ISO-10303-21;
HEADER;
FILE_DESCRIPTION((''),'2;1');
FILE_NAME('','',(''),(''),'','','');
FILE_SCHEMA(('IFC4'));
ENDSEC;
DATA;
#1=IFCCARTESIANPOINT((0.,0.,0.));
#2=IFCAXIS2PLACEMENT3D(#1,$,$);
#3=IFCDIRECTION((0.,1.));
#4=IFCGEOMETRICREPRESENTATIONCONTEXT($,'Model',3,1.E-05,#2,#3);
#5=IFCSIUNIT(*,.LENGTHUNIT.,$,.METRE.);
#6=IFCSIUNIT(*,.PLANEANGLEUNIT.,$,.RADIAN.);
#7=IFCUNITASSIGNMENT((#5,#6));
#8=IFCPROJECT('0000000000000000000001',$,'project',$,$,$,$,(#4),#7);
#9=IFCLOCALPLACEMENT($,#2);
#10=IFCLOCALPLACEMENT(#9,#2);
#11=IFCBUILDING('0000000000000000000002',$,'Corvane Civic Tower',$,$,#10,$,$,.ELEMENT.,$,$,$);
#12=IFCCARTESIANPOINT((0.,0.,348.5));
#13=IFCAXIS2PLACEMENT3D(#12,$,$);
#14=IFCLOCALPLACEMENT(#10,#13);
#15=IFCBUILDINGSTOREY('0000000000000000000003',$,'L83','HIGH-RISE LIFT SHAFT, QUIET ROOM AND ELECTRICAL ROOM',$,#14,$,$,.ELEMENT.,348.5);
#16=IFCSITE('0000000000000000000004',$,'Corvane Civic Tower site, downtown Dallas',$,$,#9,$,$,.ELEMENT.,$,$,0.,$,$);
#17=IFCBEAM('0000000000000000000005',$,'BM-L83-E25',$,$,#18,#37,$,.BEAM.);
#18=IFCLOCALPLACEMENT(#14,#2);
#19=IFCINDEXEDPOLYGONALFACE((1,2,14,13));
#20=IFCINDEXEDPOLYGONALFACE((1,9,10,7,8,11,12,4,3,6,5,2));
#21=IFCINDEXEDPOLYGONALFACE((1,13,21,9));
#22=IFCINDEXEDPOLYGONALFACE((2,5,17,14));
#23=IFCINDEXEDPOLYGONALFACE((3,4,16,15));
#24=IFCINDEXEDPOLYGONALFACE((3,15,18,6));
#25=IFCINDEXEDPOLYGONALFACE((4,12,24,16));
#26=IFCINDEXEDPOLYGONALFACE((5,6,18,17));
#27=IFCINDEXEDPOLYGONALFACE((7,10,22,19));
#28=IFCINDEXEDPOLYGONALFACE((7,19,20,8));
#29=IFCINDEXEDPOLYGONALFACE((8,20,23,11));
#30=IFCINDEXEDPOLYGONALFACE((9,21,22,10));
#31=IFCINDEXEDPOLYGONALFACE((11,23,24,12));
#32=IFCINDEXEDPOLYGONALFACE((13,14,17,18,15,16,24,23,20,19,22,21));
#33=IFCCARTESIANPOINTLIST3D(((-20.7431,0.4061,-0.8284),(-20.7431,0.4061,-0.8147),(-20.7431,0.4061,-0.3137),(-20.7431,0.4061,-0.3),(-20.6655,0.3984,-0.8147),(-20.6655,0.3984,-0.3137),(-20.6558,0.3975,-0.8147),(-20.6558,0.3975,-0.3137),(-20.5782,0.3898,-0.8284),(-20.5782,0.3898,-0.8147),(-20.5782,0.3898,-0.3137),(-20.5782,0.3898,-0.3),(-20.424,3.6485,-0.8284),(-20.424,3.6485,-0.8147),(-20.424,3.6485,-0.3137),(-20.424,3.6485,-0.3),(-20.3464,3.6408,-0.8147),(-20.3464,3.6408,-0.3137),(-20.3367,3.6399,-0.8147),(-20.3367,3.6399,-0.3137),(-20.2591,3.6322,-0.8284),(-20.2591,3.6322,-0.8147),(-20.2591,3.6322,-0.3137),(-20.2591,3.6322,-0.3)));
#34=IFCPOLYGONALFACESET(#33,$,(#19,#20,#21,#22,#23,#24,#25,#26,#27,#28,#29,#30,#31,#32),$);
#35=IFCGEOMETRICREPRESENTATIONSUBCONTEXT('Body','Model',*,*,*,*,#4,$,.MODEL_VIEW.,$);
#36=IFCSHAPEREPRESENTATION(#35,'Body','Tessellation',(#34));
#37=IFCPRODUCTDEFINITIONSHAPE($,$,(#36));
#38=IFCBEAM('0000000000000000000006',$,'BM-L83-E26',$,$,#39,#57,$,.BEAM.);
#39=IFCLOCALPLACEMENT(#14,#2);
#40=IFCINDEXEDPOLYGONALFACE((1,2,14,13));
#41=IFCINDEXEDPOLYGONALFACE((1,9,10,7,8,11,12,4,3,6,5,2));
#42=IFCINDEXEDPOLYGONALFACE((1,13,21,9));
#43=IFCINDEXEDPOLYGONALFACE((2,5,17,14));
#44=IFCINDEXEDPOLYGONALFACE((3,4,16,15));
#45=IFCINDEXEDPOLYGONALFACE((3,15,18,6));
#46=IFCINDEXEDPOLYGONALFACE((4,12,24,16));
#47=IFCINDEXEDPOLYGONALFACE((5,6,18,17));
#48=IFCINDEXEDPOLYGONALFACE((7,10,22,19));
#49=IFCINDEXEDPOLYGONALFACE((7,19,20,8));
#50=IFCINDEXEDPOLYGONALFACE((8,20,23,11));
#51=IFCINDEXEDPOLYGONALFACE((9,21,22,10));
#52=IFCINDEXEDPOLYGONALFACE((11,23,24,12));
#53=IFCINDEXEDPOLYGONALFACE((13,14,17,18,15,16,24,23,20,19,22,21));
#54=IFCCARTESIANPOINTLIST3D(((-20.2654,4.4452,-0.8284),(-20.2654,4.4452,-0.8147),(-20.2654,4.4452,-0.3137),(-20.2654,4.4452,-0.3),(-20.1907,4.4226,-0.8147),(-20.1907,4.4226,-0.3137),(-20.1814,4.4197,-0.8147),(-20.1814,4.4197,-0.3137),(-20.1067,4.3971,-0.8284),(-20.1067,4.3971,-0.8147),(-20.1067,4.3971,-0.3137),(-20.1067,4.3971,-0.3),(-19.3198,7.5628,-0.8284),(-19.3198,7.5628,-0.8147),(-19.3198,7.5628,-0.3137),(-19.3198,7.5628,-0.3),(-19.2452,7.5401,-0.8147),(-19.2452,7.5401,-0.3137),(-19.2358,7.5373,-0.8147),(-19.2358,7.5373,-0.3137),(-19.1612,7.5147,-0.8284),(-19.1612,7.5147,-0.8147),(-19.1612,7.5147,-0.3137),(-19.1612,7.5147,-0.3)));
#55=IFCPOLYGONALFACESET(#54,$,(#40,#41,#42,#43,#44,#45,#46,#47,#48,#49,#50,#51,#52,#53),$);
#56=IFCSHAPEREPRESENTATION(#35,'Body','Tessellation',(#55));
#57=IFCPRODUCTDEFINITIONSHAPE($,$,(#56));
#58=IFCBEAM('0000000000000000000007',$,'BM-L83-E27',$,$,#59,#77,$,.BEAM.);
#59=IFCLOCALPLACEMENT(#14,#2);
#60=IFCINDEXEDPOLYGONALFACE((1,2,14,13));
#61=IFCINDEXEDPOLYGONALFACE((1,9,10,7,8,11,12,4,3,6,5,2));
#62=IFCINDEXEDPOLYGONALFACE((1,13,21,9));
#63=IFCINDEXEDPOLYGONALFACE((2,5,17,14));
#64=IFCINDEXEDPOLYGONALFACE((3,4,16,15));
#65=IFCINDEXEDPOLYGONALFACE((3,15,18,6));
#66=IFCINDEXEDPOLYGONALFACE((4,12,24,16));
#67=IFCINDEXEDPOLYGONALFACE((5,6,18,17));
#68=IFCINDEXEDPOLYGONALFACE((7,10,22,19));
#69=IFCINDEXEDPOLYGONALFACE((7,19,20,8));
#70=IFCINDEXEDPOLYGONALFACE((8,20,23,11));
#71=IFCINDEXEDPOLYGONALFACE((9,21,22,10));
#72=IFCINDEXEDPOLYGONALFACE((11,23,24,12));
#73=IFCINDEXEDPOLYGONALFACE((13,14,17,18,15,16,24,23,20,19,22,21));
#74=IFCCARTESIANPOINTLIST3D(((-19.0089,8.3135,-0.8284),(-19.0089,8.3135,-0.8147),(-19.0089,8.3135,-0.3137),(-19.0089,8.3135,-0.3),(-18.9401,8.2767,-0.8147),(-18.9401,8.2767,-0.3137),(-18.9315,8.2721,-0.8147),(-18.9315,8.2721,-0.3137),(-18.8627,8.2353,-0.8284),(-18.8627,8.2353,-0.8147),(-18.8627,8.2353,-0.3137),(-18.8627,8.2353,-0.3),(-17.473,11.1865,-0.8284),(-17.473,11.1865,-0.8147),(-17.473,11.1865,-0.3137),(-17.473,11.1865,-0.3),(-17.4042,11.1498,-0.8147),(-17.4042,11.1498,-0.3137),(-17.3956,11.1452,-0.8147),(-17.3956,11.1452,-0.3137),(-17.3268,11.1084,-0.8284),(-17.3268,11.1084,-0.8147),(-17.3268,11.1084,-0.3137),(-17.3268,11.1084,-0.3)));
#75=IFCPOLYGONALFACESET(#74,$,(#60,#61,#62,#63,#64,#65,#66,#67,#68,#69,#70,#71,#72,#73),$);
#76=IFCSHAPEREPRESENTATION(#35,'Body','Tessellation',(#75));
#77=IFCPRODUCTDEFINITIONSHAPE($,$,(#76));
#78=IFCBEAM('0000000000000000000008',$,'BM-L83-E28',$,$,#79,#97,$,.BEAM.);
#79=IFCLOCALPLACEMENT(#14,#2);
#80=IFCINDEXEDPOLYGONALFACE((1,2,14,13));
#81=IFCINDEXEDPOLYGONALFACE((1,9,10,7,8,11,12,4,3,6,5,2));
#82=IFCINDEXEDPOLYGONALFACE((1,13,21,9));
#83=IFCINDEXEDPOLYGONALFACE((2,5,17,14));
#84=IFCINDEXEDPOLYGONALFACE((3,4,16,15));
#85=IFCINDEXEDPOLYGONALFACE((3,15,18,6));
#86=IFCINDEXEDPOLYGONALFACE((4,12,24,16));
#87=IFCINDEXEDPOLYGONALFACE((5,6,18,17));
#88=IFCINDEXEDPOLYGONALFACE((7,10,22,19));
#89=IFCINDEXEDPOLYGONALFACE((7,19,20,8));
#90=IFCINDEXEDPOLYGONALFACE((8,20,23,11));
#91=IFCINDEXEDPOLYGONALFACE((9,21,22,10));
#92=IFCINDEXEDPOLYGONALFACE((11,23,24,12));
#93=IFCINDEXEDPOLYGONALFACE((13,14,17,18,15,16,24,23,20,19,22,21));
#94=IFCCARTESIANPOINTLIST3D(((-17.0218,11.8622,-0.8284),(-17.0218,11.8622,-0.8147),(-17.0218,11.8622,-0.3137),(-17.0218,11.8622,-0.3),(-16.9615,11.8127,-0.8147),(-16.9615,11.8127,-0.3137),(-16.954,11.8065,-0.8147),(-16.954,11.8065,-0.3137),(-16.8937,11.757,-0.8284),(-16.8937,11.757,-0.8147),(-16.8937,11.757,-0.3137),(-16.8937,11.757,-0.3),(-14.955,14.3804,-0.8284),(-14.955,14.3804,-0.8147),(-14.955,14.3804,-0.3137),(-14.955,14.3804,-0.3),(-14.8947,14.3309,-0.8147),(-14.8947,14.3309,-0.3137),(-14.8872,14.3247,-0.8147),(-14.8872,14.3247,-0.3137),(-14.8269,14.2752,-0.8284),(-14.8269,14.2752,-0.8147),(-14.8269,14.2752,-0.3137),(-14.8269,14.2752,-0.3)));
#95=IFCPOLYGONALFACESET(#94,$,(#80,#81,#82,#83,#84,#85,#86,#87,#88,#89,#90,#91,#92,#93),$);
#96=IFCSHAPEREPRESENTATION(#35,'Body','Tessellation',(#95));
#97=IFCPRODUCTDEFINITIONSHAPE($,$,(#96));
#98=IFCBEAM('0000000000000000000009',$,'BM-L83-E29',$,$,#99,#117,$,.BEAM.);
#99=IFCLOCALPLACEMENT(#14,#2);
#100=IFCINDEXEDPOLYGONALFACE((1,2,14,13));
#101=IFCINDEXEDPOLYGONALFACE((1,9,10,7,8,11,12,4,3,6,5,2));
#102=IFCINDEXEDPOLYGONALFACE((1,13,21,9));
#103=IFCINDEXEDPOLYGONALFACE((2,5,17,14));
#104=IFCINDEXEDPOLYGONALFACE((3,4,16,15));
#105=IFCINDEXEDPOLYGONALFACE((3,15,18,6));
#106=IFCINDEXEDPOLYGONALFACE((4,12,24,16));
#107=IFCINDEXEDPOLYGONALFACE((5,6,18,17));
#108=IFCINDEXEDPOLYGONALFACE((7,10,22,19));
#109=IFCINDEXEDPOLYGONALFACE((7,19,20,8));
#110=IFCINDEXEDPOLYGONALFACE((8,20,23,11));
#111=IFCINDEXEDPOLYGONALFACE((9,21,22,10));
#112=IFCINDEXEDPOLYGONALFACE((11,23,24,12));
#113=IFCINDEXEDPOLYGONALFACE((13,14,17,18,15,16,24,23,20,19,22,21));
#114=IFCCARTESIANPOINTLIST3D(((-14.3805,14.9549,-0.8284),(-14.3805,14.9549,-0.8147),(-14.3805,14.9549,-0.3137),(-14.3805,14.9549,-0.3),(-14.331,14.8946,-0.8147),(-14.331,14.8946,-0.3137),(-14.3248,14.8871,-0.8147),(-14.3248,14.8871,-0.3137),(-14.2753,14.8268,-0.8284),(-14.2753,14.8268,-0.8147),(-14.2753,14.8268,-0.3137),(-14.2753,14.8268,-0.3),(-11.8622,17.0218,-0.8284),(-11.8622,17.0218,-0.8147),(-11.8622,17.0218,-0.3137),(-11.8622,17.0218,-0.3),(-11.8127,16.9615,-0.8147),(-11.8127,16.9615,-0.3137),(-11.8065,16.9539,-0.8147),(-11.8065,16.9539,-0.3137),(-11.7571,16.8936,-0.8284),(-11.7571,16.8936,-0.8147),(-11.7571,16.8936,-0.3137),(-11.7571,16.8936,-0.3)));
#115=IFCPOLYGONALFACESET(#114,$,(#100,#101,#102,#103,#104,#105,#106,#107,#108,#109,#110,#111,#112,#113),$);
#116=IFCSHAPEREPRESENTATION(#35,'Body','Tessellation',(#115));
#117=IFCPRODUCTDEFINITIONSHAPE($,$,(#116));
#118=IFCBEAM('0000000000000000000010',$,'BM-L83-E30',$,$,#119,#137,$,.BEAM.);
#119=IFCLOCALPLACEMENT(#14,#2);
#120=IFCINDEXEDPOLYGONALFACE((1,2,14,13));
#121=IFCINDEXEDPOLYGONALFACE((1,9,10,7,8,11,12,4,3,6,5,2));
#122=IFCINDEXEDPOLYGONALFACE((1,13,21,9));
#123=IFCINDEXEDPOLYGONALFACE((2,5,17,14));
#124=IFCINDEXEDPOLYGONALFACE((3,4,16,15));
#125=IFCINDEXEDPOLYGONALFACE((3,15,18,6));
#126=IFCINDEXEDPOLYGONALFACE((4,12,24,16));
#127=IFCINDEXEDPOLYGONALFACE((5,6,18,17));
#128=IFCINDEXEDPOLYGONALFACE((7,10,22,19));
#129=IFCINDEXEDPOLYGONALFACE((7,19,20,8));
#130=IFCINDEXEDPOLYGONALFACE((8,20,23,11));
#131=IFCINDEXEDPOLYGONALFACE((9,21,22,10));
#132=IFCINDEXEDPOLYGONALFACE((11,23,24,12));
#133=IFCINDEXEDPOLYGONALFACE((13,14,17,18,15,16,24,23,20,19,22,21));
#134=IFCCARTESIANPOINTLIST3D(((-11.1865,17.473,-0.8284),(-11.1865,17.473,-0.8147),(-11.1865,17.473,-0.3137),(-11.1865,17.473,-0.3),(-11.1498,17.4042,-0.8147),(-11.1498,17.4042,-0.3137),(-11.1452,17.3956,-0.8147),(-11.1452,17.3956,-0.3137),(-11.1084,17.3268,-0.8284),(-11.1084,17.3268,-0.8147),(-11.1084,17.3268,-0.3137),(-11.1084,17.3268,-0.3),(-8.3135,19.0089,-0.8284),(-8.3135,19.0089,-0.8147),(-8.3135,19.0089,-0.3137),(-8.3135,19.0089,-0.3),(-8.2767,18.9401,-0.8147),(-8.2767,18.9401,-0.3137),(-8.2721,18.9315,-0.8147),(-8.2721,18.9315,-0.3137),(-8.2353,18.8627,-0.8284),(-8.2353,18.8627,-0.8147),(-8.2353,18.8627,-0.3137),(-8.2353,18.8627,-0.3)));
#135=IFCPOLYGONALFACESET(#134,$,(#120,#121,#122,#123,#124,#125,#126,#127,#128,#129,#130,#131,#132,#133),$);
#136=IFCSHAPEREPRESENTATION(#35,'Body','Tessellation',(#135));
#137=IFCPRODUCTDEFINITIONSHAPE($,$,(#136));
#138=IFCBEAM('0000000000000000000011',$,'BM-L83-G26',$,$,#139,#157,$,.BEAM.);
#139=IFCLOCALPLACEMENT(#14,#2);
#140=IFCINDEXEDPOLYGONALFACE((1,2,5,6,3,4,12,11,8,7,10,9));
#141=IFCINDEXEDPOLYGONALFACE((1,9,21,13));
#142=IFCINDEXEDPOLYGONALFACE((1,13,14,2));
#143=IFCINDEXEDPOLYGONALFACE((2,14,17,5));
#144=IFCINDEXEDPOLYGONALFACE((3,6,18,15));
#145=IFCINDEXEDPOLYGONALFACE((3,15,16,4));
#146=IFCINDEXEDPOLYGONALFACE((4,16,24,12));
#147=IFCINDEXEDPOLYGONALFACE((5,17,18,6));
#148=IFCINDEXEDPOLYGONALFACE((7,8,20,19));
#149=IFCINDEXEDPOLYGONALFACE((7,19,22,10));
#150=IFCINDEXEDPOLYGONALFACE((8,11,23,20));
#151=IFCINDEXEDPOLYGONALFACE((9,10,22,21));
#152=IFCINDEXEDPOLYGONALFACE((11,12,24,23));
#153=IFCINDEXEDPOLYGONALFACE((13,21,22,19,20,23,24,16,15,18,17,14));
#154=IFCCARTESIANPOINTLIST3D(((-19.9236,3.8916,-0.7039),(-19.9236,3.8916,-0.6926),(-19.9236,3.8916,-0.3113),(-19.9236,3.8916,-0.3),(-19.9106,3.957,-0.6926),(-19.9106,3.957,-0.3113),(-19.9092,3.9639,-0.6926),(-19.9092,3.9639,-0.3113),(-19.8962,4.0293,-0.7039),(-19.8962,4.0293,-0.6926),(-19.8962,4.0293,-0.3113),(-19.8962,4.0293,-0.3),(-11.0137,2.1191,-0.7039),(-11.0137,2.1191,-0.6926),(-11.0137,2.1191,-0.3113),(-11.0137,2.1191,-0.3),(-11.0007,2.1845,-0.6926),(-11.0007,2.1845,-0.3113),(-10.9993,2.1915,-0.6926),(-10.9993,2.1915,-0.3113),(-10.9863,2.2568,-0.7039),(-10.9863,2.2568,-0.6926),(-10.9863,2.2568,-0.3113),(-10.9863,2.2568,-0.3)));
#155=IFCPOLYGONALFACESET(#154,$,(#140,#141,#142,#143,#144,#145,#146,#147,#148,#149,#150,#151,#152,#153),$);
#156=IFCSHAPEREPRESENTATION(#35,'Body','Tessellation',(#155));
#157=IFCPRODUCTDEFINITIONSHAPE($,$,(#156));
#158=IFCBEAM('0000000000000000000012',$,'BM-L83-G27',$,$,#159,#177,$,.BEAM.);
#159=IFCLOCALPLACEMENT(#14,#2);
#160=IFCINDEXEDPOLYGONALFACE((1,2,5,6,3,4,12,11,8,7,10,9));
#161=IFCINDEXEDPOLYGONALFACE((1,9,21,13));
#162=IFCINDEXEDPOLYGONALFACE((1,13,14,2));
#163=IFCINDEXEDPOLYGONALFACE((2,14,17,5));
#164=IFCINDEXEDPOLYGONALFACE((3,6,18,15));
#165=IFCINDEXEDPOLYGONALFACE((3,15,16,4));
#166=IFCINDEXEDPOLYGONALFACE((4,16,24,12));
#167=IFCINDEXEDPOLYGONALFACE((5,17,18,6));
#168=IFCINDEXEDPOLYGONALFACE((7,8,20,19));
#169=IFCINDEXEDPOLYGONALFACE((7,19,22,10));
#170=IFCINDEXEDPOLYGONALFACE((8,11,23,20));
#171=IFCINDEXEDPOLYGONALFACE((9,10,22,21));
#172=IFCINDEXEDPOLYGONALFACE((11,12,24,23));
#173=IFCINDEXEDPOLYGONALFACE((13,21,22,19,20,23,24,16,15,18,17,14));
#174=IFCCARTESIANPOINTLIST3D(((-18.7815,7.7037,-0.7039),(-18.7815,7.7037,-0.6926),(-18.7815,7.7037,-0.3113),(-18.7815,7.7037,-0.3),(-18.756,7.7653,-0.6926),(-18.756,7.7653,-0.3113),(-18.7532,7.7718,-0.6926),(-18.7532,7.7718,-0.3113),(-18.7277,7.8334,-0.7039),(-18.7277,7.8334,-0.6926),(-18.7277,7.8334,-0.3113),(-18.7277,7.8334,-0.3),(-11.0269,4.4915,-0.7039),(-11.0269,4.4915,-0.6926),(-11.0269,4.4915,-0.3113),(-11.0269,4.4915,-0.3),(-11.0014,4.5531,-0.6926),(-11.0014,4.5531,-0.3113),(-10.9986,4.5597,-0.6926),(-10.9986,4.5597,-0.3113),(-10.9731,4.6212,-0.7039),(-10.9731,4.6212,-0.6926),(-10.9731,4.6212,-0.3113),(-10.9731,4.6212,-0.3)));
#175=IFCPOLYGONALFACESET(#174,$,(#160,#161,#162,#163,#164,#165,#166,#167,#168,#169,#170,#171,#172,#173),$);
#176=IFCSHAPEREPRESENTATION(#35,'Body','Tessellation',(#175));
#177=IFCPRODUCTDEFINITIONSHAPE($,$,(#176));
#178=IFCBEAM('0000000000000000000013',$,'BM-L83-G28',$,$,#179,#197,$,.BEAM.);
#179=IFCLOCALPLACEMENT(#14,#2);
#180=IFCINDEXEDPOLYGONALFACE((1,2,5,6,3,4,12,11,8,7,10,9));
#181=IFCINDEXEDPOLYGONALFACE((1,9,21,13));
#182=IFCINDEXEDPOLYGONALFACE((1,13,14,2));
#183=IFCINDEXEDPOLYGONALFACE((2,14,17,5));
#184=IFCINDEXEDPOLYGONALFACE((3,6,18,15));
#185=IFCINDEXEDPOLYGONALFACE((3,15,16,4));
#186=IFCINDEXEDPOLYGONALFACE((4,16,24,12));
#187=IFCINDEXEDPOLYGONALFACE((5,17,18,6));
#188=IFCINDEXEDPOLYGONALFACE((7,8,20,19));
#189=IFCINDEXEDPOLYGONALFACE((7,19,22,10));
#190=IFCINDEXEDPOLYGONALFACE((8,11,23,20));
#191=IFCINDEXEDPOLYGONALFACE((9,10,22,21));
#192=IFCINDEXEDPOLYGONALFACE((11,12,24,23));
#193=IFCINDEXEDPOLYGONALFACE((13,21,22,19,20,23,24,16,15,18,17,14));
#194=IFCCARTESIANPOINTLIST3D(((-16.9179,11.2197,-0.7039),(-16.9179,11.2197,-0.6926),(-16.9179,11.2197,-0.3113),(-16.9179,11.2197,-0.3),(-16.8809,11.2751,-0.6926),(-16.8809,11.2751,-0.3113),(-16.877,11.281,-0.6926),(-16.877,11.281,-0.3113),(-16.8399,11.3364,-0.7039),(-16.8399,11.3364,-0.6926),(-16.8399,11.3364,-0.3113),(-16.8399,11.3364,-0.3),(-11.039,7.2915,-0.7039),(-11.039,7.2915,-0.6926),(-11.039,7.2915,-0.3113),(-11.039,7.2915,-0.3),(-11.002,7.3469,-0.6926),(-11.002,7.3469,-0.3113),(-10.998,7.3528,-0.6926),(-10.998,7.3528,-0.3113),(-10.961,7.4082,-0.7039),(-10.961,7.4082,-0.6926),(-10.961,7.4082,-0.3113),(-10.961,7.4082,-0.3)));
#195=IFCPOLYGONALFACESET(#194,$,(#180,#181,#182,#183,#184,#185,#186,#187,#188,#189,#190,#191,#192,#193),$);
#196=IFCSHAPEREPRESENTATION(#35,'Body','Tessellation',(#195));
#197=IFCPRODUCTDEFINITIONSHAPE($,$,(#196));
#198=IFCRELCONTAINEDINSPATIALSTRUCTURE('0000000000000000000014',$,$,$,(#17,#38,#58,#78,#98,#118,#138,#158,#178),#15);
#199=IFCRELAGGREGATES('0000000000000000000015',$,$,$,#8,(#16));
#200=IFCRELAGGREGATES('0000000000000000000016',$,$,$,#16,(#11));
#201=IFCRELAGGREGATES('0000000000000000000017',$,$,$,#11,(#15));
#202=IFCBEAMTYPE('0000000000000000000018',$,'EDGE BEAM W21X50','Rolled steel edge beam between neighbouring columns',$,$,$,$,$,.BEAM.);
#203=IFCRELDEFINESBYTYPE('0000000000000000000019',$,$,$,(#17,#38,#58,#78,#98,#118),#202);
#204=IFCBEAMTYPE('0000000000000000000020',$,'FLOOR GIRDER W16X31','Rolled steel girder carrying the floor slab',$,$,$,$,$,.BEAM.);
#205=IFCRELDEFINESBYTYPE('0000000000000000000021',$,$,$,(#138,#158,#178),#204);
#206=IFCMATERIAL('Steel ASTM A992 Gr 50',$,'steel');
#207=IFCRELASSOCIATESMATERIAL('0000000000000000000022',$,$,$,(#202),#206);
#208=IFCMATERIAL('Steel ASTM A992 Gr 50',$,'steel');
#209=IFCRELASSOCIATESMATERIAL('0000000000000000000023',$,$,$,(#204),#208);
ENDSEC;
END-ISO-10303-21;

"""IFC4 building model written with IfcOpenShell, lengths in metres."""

from ifc_helpers import new_model, si_unit, direction, frame, origin, origin_2d, place, context, subcontext, project, spatial, i_section, extrude, material, material_profile, profile_set, type_object, element, save


model = new_model("IFC4")

# Units and contexts
model_context = context("Model", 3, precision=1e-05, world=origin(), true_north=direction((0.0, 1.0)))
body_context = subcontext(model_context, "Body", "Model", "MODEL_VIEW")
ifc_project = project(units=[si_unit("LENGTHUNIT", "METRE"), si_unit("PLANEANGLEUNIT", "RADIAN")], contexts=[model_context])

# Site, building, storey
site_placement = place(None, origin())
site = spatial("IfcSite", under=ifc_project, at=site_placement, Name="Corvane Civic Tower site, downtown Dallas", CompositionType="ELEMENT", RefElevation=0.0)
building_placement = place(site_placement, origin())
building = spatial("IfcBuilding", under=site, at=building_placement, Name="Corvane Civic Tower", CompositionType="ELEMENT")
storey_placement = place(building_placement, frame((0.0, 0.0, 348.5)))
storey = spatial("IfcBuildingStorey", under=building, at=storey_placement, Name="L83", Description="HIGH-RISE LIFT SHAFT, QUIET ROOM AND ELECTRICAL ROOM", CompositionType="ELEMENT", Elevation=348.5)

# Beams
ifc_material_1 = material(Name="Steel ASTM A992 Gr 50", Category="steel")
ifc_material_profile_1 = material_profile(ifc_material_1, i_section(OverallWidth=0.1658, OverallDepth=0.5283, WebThickness=0.0098, FlangeThickness=0.0137, at=origin_2d()), Name="W21X50")
ifc_profile_set_1 = profile_set([ifc_material_profile_1], Name="Steel ASTM A992 Gr 50")
beam_type_1 = type_object("IfcBeamType", Name="EDGE BEAM W21X50", Description="Rolled steel edge beam between neighbouring columns", PredefinedType="BEAM", material=ifc_profile_set_1)
beam_1_placement = place(storey_placement, frame((-20.6606, 0.3979, -0.5642), z_axis=(0.097938, 0.995193, 0.0), x_axis=(-0.995193, 0.097938, 0.0)))
element("IfcBeam", 1, at=beam_1_placement, inside=storey, type_object=beam_type_1, Name="BM-L83-E25", PredefinedType="BEAM", context=body_context, shape_type="SweptSolid", body=[
    extrude(i_section(OverallWidth=0.1658, OverallDepth=0.5283, WebThickness=0.0098, FlangeThickness=0.0137, at=origin_2d()), origin(), (0.0, 0.0, 1.0), 3.2581),
])
for number, where, z_axis, x_axis, name in (
    (2, (-20.186, 4.4211, -0.5642), (0.290234, 0.956956, 0.0), (-0.956956, 0.290234, 0.0), "BM-L83-E26"),
    (3, (-18.9358, 8.2744, -0.5642), (0.471448, 0.881894, 0.0), (-0.881894, 0.471448, 0.0), "BM-L83-E27"),
    (4, (-16.9578, 11.8096, -0.5642), (0.634425, 0.772985, 0.0), (-0.772985, 0.634425, 0.0), "BM-L83-E28"),
    (5, (-14.3279, 14.8909, -0.5642), (0.772985, 0.634425, 0.0), (-0.634425, 0.772985, 0.0), "BM-L83-E29"),
    (6, (-11.1475, 17.3999, -0.5642), (0.881894, 0.471448, 0.0), (-0.471448, 0.881894, 0.0), "BM-L83-E30"),
):
    element("IfcBeam", number, at=place(storey_placement, frame(where, z_axis=z_axis, x_axis=x_axis)), inside=storey, type_object=beam_type_1, Name=name, PredefinedType="BEAM", context=body_context, shape_type="SweptSolid", body=[
        extrude(i_section(OverallWidth=0.1658, OverallDepth=0.5283, WebThickness=0.0098, FlangeThickness=0.0137, at=origin_2d()), origin(), (0.0, 0.0, 1.0), 3.2578),
    ])
ifc_material_2 = material(Name="Steel ASTM A992 Gr 50", Category="steel")
ifc_material_profile_2 = material_profile(ifc_material_2, i_section(OverallWidth=0.1404, OverallDepth=0.4038, WebThickness=0.0071, FlangeThickness=0.0112, at=origin_2d()), Name="W16X31")
ifc_profile_set_2 = profile_set([ifc_material_profile_2], Name="Steel ASTM A992 Gr 50")
beam_type_2 = type_object("IfcBeamType", Name="FLOOR GIRDER W16X31", Description="Rolled steel girder carrying the floor slab", PredefinedType="BEAM", material=ifc_profile_set_2)
beam_2_placement = place(storey_placement, frame((-11.0, 2.188, -0.502), z_axis=(-0.980782, 0.195108, 0.0), x_axis=(-0.195108, -0.980782, 0.0)))
element("IfcBeam", 7, at=beam_2_placement, inside=storey, type_object=beam_type_2, Name="BM-L83-G26", PredefinedType="BEAM", context=body_context, shape_type="SweptSolid", body=[
    extrude(i_section(OverallWidth=0.1404, OverallDepth=0.4038, WebThickness=0.0071, FlangeThickness=0.0112, at=origin_2d()), origin(), (0.0, 0.0, 1.0), 9.0845),
])
beam_3_placement = place(storey_placement, frame((-11.0, 4.5564, -0.502), z_axis=(-0.923876, 0.382692, 0.0), x_axis=(-0.382692, -0.923876, 0.0)))
element("IfcBeam", 8, at=beam_3_placement, inside=storey, type_object=beam_type_2, Name="BM-L83-G27", PredefinedType="BEAM", context=body_context, shape_type="SweptSolid", body=[
    extrude(i_section(OverallWidth=0.1404, OverallDepth=0.4038, WebThickness=0.0071, FlangeThickness=0.0112, at=origin_2d()), origin(), (0.0, 0.0, 1.0), 8.3936),
])
beam_4_placement = place(storey_placement, frame((-11.0, 7.3499, -0.502), z_axis=(-0.831465, 0.555576, 0.0), x_axis=(-0.555576, -0.831465, 0.0)))
element("IfcBeam", 9, at=beam_4_placement, inside=storey, type_object=beam_type_2, Name="BM-L83-G28", PredefinedType="BEAM", context=body_context, shape_type="SweptSolid", body=[
    extrude(i_section(OverallWidth=0.1404, OverallDepth=0.4038, WebThickness=0.0071, FlangeThickness=0.0112, at=origin_2d()), origin(), (0.0, 0.0, 1.0), 7.0706),
])

save(model, "model.ifc")
